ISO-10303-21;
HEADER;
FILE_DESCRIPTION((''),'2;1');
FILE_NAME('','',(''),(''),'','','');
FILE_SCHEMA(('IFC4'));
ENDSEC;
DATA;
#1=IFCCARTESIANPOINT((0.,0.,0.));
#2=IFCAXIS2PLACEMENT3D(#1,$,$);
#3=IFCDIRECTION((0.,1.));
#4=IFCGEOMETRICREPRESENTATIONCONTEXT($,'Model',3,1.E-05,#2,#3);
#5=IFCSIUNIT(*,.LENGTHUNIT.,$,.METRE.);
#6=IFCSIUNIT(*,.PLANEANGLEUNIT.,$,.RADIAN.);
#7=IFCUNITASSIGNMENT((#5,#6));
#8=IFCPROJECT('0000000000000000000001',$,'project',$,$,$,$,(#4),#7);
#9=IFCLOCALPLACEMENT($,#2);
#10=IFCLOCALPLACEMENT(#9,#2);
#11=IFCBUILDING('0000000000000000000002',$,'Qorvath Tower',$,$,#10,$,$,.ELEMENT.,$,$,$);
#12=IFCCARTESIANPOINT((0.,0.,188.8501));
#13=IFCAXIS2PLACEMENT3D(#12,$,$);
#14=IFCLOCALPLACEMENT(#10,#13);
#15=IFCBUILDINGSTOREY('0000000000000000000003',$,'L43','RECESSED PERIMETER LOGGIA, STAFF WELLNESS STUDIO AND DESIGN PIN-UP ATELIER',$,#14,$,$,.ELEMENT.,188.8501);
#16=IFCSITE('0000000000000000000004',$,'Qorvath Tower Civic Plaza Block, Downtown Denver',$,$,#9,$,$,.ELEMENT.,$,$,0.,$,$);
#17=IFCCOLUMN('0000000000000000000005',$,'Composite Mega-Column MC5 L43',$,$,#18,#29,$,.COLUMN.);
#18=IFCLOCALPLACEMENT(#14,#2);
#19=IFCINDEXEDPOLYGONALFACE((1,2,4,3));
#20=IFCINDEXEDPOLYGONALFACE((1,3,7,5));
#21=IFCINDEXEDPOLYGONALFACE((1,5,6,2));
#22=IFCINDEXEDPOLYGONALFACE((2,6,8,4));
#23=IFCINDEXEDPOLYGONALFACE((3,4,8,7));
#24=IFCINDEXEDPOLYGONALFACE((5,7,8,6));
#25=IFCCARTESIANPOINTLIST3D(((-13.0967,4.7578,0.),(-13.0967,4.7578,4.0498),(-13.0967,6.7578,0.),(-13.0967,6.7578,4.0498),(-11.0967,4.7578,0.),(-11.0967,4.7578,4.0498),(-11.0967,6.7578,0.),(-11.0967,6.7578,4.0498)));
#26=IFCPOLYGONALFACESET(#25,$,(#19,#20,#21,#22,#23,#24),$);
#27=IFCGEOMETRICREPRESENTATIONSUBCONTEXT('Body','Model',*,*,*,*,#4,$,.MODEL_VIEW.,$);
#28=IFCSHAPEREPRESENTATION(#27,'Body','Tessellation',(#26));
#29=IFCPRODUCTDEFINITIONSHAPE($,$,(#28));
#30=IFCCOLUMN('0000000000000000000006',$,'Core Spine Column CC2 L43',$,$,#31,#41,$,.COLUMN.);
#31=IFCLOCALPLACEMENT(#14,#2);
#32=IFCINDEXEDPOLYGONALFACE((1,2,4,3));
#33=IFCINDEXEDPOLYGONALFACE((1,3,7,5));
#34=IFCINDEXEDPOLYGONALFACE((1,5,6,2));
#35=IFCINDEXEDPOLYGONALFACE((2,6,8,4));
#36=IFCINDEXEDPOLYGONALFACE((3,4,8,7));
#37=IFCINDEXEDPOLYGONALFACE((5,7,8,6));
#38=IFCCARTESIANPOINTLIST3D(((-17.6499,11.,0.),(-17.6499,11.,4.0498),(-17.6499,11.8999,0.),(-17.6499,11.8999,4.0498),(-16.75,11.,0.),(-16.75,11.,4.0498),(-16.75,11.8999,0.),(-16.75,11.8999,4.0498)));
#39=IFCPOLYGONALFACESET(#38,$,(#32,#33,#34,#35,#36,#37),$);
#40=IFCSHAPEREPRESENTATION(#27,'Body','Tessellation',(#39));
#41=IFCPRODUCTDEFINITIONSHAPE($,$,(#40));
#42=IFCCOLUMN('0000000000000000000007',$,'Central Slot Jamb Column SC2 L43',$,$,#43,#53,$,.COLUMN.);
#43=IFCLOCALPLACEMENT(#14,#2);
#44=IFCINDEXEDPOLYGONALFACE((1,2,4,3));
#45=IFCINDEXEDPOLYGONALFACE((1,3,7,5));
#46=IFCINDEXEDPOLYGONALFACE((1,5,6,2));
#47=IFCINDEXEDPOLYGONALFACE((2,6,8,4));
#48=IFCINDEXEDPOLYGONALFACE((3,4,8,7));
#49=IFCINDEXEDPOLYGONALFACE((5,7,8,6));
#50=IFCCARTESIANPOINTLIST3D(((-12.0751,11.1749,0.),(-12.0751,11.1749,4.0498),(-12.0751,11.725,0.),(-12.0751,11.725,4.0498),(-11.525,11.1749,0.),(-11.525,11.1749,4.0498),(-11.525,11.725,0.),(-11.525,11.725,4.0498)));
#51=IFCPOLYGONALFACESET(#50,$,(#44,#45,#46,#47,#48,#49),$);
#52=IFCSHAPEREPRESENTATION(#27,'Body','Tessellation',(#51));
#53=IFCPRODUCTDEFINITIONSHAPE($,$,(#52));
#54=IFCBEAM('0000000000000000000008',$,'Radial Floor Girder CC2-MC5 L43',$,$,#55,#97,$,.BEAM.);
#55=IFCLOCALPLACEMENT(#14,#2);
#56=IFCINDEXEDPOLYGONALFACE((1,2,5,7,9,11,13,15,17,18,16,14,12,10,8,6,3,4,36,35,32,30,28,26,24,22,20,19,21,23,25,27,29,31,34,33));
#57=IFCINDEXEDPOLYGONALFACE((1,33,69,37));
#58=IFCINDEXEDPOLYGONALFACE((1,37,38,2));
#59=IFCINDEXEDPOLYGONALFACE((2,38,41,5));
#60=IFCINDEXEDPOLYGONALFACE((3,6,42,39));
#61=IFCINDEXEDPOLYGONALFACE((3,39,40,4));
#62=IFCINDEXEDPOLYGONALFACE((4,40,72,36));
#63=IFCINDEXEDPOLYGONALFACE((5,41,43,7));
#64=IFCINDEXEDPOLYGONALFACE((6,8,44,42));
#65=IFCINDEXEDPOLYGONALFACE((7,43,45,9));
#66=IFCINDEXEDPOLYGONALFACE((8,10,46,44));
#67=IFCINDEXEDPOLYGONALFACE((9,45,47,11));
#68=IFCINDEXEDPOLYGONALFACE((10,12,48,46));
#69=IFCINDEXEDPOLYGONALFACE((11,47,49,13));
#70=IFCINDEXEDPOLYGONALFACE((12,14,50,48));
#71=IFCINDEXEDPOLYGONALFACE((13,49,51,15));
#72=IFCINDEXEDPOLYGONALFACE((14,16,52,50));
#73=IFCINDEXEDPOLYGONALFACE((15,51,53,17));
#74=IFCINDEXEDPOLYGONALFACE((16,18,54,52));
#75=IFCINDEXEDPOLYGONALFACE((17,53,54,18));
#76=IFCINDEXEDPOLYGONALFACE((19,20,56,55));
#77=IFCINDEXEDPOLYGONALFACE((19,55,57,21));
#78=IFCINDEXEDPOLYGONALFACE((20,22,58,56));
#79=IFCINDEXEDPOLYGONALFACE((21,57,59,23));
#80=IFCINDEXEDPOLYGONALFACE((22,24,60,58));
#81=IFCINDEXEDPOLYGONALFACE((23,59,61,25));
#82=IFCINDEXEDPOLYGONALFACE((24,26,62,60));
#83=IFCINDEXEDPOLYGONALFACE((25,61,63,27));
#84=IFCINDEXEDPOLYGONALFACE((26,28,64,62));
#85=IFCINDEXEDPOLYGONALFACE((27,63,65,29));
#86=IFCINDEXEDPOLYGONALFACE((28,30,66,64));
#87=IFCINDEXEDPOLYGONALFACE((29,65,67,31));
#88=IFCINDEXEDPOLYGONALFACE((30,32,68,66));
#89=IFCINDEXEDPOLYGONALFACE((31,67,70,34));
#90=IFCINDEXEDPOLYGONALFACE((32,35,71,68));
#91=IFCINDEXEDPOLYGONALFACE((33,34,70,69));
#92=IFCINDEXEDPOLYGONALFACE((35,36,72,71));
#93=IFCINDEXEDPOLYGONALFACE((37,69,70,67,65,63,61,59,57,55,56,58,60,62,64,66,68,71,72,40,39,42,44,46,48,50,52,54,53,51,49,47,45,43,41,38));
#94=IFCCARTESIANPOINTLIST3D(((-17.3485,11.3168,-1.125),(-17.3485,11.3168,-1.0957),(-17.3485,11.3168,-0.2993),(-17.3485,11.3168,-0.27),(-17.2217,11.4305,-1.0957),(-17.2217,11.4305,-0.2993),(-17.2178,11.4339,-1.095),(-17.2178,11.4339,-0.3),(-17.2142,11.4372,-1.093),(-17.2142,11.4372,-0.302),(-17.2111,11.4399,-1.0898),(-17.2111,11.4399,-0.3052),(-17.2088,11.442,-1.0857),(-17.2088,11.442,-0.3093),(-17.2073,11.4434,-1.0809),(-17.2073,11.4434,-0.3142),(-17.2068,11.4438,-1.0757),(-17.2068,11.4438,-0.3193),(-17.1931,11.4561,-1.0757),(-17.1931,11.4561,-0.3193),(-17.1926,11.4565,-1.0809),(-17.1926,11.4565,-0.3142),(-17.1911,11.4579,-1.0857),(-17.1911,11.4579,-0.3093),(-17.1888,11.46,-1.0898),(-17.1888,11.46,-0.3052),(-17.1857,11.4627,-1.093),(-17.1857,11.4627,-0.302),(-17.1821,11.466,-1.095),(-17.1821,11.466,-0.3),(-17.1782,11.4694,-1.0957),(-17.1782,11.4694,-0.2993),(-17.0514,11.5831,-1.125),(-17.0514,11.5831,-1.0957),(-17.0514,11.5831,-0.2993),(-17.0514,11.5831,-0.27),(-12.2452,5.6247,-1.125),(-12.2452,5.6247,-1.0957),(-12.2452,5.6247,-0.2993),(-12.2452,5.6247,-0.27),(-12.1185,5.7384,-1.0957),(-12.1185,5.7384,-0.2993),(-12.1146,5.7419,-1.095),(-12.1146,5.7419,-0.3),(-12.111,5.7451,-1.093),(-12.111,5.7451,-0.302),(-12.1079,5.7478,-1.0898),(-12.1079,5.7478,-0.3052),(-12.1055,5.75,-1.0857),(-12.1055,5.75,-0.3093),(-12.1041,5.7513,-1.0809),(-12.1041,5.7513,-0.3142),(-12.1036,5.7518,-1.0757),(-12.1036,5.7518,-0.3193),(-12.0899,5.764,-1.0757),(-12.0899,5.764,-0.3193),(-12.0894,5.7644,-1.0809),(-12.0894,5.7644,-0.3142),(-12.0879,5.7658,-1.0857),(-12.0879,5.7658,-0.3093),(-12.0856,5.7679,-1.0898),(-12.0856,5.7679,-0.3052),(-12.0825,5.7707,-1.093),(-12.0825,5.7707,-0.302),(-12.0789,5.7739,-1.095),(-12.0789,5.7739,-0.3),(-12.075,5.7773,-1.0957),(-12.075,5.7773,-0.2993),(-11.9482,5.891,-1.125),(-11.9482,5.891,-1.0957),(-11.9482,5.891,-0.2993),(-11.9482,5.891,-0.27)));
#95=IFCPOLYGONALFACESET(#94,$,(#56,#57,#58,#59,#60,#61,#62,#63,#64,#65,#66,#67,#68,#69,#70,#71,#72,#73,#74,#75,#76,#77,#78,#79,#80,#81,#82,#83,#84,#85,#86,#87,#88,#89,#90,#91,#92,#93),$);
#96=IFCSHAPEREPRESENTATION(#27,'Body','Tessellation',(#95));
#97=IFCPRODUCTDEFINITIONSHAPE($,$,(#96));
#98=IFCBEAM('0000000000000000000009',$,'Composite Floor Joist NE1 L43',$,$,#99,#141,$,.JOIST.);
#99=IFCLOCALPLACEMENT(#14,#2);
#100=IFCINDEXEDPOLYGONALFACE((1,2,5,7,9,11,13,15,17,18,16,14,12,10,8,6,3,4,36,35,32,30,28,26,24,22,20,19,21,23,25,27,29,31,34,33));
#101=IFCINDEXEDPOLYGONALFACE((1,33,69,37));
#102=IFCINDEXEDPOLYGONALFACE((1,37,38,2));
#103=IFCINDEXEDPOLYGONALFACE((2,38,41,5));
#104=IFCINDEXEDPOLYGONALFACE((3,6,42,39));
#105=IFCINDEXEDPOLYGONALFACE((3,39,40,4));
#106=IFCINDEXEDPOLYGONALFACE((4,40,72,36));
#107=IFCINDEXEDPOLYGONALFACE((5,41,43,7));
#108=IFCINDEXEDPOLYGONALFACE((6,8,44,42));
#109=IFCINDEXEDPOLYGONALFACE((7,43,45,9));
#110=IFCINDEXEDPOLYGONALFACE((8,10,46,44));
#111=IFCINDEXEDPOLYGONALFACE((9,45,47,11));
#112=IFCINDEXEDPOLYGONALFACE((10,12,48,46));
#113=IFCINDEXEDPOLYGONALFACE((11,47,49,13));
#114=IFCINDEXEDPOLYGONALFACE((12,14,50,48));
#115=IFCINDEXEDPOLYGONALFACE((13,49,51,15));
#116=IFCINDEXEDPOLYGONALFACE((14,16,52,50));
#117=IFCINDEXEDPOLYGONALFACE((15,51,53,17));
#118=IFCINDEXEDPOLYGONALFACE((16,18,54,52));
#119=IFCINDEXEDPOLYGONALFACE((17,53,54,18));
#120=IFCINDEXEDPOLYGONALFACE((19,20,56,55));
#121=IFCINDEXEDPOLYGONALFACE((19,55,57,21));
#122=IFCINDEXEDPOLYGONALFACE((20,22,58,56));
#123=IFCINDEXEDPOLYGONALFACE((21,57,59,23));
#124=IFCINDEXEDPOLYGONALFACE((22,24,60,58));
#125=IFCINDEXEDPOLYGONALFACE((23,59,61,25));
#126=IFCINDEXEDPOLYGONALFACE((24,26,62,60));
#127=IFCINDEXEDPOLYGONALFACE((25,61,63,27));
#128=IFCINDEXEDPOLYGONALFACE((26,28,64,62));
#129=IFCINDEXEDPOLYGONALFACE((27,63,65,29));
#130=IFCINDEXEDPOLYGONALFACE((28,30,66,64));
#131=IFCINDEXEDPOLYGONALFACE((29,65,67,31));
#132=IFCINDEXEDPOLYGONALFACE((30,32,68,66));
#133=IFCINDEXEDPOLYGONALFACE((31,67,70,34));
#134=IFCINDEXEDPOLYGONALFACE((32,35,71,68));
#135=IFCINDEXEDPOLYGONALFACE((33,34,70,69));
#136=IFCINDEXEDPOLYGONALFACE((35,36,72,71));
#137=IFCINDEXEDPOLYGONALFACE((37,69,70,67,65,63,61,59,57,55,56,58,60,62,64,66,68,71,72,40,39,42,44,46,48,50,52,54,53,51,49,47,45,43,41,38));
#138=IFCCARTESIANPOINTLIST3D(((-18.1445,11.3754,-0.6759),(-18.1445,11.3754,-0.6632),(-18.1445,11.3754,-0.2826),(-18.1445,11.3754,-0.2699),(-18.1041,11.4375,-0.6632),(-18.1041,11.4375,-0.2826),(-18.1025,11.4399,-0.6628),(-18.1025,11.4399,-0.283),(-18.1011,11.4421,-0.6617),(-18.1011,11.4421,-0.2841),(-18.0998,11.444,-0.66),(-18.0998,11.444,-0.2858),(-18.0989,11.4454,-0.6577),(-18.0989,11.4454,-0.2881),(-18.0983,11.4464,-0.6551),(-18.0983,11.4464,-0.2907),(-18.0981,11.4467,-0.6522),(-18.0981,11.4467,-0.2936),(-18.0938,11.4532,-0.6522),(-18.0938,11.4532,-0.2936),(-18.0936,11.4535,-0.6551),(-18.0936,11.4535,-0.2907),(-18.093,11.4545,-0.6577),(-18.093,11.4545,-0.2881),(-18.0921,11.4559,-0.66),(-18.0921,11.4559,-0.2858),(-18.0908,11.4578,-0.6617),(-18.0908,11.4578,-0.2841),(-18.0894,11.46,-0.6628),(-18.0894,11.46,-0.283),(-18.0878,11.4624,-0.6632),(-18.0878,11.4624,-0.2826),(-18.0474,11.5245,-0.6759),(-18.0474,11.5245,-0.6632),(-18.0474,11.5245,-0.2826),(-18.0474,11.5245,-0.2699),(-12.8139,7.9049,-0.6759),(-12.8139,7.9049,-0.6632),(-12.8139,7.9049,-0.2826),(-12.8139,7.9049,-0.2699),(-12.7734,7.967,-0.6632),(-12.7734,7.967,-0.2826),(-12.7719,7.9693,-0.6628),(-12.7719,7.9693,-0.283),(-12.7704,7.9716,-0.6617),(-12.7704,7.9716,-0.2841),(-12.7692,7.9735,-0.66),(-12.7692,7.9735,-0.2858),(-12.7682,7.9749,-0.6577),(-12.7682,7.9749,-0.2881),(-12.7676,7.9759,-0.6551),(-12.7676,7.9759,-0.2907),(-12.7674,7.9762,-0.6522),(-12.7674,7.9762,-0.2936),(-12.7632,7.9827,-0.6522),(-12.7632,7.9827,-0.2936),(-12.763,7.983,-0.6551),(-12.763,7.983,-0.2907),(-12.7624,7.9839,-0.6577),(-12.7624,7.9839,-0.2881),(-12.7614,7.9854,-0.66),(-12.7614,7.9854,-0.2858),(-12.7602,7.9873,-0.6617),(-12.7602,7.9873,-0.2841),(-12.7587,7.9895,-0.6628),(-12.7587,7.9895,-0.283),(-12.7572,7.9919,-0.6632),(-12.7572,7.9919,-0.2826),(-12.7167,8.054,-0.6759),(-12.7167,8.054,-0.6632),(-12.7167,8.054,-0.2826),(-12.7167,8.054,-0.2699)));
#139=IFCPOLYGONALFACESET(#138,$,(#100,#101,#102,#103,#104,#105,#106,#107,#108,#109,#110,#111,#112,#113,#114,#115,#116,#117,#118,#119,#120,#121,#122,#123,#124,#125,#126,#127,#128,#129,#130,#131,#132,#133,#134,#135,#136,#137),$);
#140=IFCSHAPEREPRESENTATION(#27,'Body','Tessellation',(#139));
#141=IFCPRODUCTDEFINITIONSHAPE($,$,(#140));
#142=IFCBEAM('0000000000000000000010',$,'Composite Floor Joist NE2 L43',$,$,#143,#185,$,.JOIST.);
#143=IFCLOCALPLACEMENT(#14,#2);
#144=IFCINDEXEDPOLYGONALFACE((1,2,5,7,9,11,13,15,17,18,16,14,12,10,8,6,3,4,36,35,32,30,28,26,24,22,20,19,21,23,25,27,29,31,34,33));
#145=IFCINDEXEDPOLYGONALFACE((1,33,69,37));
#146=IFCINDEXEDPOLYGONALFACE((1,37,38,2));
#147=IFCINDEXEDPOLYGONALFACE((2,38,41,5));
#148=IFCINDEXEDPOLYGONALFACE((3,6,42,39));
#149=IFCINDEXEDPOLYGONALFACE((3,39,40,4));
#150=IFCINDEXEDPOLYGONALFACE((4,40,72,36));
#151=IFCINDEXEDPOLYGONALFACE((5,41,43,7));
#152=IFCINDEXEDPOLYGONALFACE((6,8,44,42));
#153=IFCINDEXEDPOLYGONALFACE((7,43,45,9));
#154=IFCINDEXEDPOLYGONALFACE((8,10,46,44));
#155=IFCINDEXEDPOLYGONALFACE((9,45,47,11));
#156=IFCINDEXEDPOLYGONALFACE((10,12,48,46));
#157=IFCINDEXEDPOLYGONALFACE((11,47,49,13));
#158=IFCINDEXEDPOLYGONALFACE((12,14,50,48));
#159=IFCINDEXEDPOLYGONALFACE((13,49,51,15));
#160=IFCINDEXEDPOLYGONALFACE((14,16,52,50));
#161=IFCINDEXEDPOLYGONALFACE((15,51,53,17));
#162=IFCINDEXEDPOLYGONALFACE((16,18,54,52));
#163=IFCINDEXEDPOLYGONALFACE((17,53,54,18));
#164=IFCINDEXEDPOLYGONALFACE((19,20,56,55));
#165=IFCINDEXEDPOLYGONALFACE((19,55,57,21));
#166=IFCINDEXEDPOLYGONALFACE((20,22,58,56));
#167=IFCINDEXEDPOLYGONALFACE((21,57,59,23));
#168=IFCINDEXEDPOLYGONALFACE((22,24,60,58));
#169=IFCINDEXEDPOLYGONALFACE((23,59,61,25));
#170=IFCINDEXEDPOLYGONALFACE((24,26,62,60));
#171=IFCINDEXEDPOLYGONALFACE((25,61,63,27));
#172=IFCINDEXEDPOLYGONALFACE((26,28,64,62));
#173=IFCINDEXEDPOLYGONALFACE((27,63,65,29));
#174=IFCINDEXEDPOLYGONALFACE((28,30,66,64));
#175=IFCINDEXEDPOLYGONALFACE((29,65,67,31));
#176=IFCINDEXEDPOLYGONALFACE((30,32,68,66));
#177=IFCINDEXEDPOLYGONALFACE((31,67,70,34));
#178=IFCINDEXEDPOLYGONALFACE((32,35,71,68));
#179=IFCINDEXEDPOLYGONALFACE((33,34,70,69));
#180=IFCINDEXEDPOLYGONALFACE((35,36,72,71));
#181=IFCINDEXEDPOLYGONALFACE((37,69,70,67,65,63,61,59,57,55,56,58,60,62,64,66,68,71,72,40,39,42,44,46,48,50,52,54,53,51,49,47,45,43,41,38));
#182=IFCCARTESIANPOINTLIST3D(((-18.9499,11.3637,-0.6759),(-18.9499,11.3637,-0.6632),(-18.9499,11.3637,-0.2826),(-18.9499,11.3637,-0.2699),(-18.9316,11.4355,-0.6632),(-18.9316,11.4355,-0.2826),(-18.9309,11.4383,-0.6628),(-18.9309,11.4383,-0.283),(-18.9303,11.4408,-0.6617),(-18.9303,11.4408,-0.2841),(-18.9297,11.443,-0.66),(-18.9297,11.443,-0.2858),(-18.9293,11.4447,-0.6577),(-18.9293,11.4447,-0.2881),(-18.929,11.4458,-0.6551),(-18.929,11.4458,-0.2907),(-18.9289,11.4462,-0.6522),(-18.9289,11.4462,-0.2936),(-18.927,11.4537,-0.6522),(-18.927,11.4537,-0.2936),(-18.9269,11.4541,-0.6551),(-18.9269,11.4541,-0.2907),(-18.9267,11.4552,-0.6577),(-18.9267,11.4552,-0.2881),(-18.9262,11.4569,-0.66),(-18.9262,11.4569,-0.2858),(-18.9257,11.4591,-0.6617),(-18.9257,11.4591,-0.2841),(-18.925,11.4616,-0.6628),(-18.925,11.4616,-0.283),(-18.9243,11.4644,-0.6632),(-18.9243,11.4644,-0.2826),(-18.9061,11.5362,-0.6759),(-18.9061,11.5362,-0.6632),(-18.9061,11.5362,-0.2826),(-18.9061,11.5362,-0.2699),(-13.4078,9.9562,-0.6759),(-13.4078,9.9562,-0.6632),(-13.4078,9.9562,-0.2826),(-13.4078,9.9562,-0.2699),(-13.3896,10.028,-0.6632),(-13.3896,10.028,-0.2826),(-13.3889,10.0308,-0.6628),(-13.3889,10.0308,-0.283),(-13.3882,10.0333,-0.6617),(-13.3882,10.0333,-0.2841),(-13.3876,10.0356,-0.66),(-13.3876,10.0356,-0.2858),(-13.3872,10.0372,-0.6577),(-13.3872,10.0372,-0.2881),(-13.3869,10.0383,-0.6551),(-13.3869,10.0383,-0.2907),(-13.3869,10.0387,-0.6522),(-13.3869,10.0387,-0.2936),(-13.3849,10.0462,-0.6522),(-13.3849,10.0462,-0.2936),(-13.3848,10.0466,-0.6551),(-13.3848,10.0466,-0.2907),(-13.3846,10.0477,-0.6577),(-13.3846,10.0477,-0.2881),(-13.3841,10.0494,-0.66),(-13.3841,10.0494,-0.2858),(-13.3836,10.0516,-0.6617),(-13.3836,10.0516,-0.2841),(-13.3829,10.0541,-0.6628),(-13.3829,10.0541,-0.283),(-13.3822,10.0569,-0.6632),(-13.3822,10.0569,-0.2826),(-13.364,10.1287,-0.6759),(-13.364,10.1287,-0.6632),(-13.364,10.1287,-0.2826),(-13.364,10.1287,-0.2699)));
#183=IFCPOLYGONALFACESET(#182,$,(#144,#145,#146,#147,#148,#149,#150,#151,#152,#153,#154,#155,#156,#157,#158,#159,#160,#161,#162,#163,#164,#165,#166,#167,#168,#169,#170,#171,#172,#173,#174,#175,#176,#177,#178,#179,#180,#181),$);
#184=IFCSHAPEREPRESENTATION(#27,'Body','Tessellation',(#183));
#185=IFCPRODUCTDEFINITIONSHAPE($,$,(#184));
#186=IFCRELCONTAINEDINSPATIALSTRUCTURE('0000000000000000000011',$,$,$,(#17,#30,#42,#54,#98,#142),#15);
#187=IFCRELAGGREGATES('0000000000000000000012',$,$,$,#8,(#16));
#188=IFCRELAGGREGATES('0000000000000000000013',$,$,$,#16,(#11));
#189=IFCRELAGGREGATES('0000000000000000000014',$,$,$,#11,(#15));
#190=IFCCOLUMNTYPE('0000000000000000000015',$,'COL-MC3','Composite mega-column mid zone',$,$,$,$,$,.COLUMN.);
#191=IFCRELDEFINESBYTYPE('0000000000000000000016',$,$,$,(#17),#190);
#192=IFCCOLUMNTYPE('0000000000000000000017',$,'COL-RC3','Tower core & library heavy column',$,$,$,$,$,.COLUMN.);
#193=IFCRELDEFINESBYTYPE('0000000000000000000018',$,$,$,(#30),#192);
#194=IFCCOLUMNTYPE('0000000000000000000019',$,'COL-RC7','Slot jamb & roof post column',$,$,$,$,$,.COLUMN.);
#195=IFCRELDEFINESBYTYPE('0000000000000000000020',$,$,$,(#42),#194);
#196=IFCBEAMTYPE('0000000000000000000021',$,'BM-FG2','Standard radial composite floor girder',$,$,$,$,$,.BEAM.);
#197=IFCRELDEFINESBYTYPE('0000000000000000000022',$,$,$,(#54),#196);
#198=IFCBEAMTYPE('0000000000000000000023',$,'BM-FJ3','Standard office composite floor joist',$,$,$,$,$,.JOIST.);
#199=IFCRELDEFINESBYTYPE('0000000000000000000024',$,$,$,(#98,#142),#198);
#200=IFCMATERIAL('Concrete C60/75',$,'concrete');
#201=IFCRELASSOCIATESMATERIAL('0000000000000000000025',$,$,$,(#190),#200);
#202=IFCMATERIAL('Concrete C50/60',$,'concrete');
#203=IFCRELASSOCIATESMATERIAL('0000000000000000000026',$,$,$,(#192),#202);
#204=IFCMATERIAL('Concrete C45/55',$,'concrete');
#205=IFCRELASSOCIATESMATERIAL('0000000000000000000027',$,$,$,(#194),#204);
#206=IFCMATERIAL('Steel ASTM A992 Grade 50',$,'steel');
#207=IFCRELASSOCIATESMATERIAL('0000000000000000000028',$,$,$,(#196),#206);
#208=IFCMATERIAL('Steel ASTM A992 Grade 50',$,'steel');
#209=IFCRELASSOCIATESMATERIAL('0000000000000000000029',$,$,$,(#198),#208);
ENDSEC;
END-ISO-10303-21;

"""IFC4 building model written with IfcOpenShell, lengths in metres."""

from ifc_helpers import new_model, si_unit, direction, frame, origin, origin_2d, place, context, subcontext, project, spatial, rectangle, i_section, extrude, material, material_profile, profile_set, type_object, element, save


model = new_model("IFC4")

# Units and contexts
model_context = context("Model", 3, precision=1e-05, world=origin(), true_north=direction((0.0, 1.0)))
body_context = subcontext(model_context, "Body", "Model", "MODEL_VIEW")
ifc_project = project(units=[si_unit("LENGTHUNIT", "METRE"), si_unit("PLANEANGLEUNIT", "RADIAN")], contexts=[model_context])

# Site, building, storey
site_placement = place(None, origin())
site = spatial("IfcSite", under=ifc_project, at=site_placement, Name="Qorvath Tower Civic Plaza Block, Downtown Denver", CompositionType="ELEMENT", RefElevation=0.0)
building_placement = place(site_placement, origin())
building = spatial("IfcBuilding", under=site, at=building_placement, Name="Qorvath Tower", CompositionType="ELEMENT")
storey_placement = place(building_placement, frame((0.0, 0.0, 188.8501)))
storey = spatial("IfcBuildingStorey", under=building, at=storey_placement, Name="L43", Description="RECESSED PERIMETER LOGGIA, STAFF WELLNESS STUDIO AND DESIGN PIN-UP ATELIER", CompositionType="ELEMENT", Elevation=188.8501)

# Columns
ifc_material_1 = material(Name="Concrete C60/75", Category="concrete")
ifc_material_profile_1 = material_profile(ifc_material_1, rectangle(XDim=2.0, YDim=2.0, at=origin_2d()), Name="MC 2000x2000")
ifc_profile_set_1 = profile_set([ifc_material_profile_1], Name="Concrete C60/75")
column_type_1 = type_object("IfcColumnType", Name="COL-MC3", Description="Composite mega-column mid zone", PredefinedType="COLUMN", material=ifc_profile_set_1)
column_1_placement = place(storey_placement, frame((-12.0967, 5.7578, 0.0), z_axis=(0.0, 0.0, 1.0), x_axis=(1.0, 0.0, 0.0)))
element("IfcColumn", 1, at=column_1_placement, inside=storey, type_object=column_type_1, Name="Composite Mega-Column MC5 L43", PredefinedType="COLUMN", context=body_context, shape_type="SweptSolid", body=[
    extrude(rectangle(XDim=2.0, YDim=2.0, at=origin_2d()), origin(), (0.0, 0.0, 1.0), 4.0498),
])
ifc_material_2 = material(Name="Concrete C50/60", Category="concrete")
ifc_material_profile_2 = material_profile(ifc_material_2, rectangle(XDim=0.8999, YDim=0.8999, at=origin_2d()), Name="RC 900x900")
ifc_profile_set_2 = profile_set([ifc_material_profile_2], Name="Concrete C50/60")
column_type_2 = type_object("IfcColumnType", Name="COL-RC3", Description="Tower core & library heavy column", PredefinedType="COLUMN", material=ifc_profile_set_2)
column_2_placement = place(storey_placement, frame((-17.2, 11.45, 0.0), z_axis=(0.0, 0.0, 1.0), x_axis=(1.0, 0.0, 0.0)))
element("IfcColumn", 2, at=column_2_placement, inside=storey, type_object=column_type_2, Name="Core Spine Column CC2 L43", PredefinedType="COLUMN", context=body_context, shape_type="SweptSolid", body=[
    extrude(rectangle(XDim=0.8999, YDim=0.8999, at=origin_2d()), origin(), (0.0, 0.0, 1.0), 4.0498),
])
ifc_material_3 = material(Name="Concrete C45/55", Category="concrete")
ifc_material_profile_3 = material_profile(ifc_material_3, rectangle(XDim=0.55, YDim=0.55, at=origin_2d()), Name="RC 550x550")
ifc_profile_set_3 = profile_set([ifc_material_profile_3], Name="Concrete C45/55")
column_type_3 = type_object("IfcColumnType", Name="COL-RC7", Description="Slot jamb & roof post column", PredefinedType="COLUMN", material=ifc_profile_set_3)
column_3_placement = place(storey_placement, frame((-11.8, 11.45, 0.0), z_axis=(0.0, 0.0, 1.0), x_axis=(1.0, 0.0, 0.0)))
element("IfcColumn", 3, at=column_3_placement, inside=storey, type_object=column_type_3, Name="Central Slot Jamb Column SC2 L43", PredefinedType="COLUMN", context=body_context, shape_type="SweptSolid", body=[
    extrude(rectangle(XDim=0.55, YDim=0.55, at=origin_2d()), origin(), (0.0, 0.0, 1.0), 4.0498),
])

# Beams
ifc_material_4 = material(Name="Steel ASTM A992 Grade 50", Category="steel")
ifc_material_profile_4 = material_profile(ifc_material_4, i_section(OverallWidth=0.3989, OverallDepth=0.855, WebThickness=0.0183, FlangeThickness=0.0293, FilletRadius=0.02, at=origin_2d()), Name="W33x201")
ifc_profile_set_4 = profile_set([ifc_material_profile_4], Name="Steel ASTM A992 Grade 50")
beam_type_1 = type_object("IfcBeamType", Name="BM-FG2", Description="Standard radial composite floor girder", PredefinedType="BEAM", material=ifc_profile_set_4)
beam_1_placement = place(storey_placement, frame((-17.2, 11.45, -0.6975), z_axis=(0.667543, -0.744571, 0.0), x_axis=(0.744571, 0.667543, 0.0)))
element("IfcBeam", 4, at=beam_1_placement, inside=storey, type_object=beam_type_1, Name="Radial Floor Girder CC2-MC5 L43", PredefinedType="BEAM", context=body_context, shape_type="SweptSolid", body=[
    extrude(i_section(OverallWidth=0.3989, OverallDepth=0.855, WebThickness=0.0183, FlangeThickness=0.0293, FilletRadius=0.02, at=origin_2d()), origin(), (0.0, 0.0, 1.0), 7.6448),
])
ifc_material_5 = material(Name="Steel ASTM A992 Grade 50", Category="steel")
ifc_material_profile_5 = material_profile(ifc_material_5, i_section(OverallWidth=0.178, OverallDepth=0.406, WebThickness=0.0078, FlangeThickness=0.0127, FilletRadius=0.011, at=origin_2d()), Name="W16x40")
ifc_profile_set_5 = profile_set([ifc_material_profile_5], Name="Steel ASTM A992 Grade 50")
beam_type_2 = type_object("IfcBeamType", Name="BM-FJ3", Description="Standard office composite floor joist", PredefinedType="JOIST", material=ifc_profile_set_5)
beam_2_placement = place(storey_placement, frame((-18.0959, 11.45, -0.4729), z_axis=(0.838042, -0.545606, 0.0), x_axis=(0.545606, 0.838042, 0.0)))
element("IfcBeam", 5, at=beam_2_placement, inside=storey, type_object=beam_type_2, Name="Composite Floor Joist NE1 L43", PredefinedType="JOIST", context=body_context, shape_type="SweptSolid", body=[
    extrude(i_section(OverallWidth=0.178, OverallDepth=0.406, WebThickness=0.0078, FlangeThickness=0.0127, FilletRadius=0.011, at=origin_2d()), origin(), (0.0, 0.0, 1.0), 6.3608),
])
beam_3_placement = place(storey_placement, frame((-18.928, 11.45, -0.4729), z_axis=(0.969232, -0.246151, 0.0), x_axis=(0.246151, 0.969232, 0.0)))
element("IfcBeam", 6, at=beam_3_placement, inside=storey, type_object=beam_type_2, Name="Composite Floor Joist NE2 L43", PredefinedType="JOIST", context=body_context, shape_type="SweptSolid", body=[
    extrude(i_section(OverallWidth=0.178, OverallDepth=0.406, WebThickness=0.0078, FlangeThickness=0.0127, FilletRadius=0.011, at=origin_2d()), origin(), (0.0, 0.0, 1.0), 5.718),
])

save(model, "model.ifc")
